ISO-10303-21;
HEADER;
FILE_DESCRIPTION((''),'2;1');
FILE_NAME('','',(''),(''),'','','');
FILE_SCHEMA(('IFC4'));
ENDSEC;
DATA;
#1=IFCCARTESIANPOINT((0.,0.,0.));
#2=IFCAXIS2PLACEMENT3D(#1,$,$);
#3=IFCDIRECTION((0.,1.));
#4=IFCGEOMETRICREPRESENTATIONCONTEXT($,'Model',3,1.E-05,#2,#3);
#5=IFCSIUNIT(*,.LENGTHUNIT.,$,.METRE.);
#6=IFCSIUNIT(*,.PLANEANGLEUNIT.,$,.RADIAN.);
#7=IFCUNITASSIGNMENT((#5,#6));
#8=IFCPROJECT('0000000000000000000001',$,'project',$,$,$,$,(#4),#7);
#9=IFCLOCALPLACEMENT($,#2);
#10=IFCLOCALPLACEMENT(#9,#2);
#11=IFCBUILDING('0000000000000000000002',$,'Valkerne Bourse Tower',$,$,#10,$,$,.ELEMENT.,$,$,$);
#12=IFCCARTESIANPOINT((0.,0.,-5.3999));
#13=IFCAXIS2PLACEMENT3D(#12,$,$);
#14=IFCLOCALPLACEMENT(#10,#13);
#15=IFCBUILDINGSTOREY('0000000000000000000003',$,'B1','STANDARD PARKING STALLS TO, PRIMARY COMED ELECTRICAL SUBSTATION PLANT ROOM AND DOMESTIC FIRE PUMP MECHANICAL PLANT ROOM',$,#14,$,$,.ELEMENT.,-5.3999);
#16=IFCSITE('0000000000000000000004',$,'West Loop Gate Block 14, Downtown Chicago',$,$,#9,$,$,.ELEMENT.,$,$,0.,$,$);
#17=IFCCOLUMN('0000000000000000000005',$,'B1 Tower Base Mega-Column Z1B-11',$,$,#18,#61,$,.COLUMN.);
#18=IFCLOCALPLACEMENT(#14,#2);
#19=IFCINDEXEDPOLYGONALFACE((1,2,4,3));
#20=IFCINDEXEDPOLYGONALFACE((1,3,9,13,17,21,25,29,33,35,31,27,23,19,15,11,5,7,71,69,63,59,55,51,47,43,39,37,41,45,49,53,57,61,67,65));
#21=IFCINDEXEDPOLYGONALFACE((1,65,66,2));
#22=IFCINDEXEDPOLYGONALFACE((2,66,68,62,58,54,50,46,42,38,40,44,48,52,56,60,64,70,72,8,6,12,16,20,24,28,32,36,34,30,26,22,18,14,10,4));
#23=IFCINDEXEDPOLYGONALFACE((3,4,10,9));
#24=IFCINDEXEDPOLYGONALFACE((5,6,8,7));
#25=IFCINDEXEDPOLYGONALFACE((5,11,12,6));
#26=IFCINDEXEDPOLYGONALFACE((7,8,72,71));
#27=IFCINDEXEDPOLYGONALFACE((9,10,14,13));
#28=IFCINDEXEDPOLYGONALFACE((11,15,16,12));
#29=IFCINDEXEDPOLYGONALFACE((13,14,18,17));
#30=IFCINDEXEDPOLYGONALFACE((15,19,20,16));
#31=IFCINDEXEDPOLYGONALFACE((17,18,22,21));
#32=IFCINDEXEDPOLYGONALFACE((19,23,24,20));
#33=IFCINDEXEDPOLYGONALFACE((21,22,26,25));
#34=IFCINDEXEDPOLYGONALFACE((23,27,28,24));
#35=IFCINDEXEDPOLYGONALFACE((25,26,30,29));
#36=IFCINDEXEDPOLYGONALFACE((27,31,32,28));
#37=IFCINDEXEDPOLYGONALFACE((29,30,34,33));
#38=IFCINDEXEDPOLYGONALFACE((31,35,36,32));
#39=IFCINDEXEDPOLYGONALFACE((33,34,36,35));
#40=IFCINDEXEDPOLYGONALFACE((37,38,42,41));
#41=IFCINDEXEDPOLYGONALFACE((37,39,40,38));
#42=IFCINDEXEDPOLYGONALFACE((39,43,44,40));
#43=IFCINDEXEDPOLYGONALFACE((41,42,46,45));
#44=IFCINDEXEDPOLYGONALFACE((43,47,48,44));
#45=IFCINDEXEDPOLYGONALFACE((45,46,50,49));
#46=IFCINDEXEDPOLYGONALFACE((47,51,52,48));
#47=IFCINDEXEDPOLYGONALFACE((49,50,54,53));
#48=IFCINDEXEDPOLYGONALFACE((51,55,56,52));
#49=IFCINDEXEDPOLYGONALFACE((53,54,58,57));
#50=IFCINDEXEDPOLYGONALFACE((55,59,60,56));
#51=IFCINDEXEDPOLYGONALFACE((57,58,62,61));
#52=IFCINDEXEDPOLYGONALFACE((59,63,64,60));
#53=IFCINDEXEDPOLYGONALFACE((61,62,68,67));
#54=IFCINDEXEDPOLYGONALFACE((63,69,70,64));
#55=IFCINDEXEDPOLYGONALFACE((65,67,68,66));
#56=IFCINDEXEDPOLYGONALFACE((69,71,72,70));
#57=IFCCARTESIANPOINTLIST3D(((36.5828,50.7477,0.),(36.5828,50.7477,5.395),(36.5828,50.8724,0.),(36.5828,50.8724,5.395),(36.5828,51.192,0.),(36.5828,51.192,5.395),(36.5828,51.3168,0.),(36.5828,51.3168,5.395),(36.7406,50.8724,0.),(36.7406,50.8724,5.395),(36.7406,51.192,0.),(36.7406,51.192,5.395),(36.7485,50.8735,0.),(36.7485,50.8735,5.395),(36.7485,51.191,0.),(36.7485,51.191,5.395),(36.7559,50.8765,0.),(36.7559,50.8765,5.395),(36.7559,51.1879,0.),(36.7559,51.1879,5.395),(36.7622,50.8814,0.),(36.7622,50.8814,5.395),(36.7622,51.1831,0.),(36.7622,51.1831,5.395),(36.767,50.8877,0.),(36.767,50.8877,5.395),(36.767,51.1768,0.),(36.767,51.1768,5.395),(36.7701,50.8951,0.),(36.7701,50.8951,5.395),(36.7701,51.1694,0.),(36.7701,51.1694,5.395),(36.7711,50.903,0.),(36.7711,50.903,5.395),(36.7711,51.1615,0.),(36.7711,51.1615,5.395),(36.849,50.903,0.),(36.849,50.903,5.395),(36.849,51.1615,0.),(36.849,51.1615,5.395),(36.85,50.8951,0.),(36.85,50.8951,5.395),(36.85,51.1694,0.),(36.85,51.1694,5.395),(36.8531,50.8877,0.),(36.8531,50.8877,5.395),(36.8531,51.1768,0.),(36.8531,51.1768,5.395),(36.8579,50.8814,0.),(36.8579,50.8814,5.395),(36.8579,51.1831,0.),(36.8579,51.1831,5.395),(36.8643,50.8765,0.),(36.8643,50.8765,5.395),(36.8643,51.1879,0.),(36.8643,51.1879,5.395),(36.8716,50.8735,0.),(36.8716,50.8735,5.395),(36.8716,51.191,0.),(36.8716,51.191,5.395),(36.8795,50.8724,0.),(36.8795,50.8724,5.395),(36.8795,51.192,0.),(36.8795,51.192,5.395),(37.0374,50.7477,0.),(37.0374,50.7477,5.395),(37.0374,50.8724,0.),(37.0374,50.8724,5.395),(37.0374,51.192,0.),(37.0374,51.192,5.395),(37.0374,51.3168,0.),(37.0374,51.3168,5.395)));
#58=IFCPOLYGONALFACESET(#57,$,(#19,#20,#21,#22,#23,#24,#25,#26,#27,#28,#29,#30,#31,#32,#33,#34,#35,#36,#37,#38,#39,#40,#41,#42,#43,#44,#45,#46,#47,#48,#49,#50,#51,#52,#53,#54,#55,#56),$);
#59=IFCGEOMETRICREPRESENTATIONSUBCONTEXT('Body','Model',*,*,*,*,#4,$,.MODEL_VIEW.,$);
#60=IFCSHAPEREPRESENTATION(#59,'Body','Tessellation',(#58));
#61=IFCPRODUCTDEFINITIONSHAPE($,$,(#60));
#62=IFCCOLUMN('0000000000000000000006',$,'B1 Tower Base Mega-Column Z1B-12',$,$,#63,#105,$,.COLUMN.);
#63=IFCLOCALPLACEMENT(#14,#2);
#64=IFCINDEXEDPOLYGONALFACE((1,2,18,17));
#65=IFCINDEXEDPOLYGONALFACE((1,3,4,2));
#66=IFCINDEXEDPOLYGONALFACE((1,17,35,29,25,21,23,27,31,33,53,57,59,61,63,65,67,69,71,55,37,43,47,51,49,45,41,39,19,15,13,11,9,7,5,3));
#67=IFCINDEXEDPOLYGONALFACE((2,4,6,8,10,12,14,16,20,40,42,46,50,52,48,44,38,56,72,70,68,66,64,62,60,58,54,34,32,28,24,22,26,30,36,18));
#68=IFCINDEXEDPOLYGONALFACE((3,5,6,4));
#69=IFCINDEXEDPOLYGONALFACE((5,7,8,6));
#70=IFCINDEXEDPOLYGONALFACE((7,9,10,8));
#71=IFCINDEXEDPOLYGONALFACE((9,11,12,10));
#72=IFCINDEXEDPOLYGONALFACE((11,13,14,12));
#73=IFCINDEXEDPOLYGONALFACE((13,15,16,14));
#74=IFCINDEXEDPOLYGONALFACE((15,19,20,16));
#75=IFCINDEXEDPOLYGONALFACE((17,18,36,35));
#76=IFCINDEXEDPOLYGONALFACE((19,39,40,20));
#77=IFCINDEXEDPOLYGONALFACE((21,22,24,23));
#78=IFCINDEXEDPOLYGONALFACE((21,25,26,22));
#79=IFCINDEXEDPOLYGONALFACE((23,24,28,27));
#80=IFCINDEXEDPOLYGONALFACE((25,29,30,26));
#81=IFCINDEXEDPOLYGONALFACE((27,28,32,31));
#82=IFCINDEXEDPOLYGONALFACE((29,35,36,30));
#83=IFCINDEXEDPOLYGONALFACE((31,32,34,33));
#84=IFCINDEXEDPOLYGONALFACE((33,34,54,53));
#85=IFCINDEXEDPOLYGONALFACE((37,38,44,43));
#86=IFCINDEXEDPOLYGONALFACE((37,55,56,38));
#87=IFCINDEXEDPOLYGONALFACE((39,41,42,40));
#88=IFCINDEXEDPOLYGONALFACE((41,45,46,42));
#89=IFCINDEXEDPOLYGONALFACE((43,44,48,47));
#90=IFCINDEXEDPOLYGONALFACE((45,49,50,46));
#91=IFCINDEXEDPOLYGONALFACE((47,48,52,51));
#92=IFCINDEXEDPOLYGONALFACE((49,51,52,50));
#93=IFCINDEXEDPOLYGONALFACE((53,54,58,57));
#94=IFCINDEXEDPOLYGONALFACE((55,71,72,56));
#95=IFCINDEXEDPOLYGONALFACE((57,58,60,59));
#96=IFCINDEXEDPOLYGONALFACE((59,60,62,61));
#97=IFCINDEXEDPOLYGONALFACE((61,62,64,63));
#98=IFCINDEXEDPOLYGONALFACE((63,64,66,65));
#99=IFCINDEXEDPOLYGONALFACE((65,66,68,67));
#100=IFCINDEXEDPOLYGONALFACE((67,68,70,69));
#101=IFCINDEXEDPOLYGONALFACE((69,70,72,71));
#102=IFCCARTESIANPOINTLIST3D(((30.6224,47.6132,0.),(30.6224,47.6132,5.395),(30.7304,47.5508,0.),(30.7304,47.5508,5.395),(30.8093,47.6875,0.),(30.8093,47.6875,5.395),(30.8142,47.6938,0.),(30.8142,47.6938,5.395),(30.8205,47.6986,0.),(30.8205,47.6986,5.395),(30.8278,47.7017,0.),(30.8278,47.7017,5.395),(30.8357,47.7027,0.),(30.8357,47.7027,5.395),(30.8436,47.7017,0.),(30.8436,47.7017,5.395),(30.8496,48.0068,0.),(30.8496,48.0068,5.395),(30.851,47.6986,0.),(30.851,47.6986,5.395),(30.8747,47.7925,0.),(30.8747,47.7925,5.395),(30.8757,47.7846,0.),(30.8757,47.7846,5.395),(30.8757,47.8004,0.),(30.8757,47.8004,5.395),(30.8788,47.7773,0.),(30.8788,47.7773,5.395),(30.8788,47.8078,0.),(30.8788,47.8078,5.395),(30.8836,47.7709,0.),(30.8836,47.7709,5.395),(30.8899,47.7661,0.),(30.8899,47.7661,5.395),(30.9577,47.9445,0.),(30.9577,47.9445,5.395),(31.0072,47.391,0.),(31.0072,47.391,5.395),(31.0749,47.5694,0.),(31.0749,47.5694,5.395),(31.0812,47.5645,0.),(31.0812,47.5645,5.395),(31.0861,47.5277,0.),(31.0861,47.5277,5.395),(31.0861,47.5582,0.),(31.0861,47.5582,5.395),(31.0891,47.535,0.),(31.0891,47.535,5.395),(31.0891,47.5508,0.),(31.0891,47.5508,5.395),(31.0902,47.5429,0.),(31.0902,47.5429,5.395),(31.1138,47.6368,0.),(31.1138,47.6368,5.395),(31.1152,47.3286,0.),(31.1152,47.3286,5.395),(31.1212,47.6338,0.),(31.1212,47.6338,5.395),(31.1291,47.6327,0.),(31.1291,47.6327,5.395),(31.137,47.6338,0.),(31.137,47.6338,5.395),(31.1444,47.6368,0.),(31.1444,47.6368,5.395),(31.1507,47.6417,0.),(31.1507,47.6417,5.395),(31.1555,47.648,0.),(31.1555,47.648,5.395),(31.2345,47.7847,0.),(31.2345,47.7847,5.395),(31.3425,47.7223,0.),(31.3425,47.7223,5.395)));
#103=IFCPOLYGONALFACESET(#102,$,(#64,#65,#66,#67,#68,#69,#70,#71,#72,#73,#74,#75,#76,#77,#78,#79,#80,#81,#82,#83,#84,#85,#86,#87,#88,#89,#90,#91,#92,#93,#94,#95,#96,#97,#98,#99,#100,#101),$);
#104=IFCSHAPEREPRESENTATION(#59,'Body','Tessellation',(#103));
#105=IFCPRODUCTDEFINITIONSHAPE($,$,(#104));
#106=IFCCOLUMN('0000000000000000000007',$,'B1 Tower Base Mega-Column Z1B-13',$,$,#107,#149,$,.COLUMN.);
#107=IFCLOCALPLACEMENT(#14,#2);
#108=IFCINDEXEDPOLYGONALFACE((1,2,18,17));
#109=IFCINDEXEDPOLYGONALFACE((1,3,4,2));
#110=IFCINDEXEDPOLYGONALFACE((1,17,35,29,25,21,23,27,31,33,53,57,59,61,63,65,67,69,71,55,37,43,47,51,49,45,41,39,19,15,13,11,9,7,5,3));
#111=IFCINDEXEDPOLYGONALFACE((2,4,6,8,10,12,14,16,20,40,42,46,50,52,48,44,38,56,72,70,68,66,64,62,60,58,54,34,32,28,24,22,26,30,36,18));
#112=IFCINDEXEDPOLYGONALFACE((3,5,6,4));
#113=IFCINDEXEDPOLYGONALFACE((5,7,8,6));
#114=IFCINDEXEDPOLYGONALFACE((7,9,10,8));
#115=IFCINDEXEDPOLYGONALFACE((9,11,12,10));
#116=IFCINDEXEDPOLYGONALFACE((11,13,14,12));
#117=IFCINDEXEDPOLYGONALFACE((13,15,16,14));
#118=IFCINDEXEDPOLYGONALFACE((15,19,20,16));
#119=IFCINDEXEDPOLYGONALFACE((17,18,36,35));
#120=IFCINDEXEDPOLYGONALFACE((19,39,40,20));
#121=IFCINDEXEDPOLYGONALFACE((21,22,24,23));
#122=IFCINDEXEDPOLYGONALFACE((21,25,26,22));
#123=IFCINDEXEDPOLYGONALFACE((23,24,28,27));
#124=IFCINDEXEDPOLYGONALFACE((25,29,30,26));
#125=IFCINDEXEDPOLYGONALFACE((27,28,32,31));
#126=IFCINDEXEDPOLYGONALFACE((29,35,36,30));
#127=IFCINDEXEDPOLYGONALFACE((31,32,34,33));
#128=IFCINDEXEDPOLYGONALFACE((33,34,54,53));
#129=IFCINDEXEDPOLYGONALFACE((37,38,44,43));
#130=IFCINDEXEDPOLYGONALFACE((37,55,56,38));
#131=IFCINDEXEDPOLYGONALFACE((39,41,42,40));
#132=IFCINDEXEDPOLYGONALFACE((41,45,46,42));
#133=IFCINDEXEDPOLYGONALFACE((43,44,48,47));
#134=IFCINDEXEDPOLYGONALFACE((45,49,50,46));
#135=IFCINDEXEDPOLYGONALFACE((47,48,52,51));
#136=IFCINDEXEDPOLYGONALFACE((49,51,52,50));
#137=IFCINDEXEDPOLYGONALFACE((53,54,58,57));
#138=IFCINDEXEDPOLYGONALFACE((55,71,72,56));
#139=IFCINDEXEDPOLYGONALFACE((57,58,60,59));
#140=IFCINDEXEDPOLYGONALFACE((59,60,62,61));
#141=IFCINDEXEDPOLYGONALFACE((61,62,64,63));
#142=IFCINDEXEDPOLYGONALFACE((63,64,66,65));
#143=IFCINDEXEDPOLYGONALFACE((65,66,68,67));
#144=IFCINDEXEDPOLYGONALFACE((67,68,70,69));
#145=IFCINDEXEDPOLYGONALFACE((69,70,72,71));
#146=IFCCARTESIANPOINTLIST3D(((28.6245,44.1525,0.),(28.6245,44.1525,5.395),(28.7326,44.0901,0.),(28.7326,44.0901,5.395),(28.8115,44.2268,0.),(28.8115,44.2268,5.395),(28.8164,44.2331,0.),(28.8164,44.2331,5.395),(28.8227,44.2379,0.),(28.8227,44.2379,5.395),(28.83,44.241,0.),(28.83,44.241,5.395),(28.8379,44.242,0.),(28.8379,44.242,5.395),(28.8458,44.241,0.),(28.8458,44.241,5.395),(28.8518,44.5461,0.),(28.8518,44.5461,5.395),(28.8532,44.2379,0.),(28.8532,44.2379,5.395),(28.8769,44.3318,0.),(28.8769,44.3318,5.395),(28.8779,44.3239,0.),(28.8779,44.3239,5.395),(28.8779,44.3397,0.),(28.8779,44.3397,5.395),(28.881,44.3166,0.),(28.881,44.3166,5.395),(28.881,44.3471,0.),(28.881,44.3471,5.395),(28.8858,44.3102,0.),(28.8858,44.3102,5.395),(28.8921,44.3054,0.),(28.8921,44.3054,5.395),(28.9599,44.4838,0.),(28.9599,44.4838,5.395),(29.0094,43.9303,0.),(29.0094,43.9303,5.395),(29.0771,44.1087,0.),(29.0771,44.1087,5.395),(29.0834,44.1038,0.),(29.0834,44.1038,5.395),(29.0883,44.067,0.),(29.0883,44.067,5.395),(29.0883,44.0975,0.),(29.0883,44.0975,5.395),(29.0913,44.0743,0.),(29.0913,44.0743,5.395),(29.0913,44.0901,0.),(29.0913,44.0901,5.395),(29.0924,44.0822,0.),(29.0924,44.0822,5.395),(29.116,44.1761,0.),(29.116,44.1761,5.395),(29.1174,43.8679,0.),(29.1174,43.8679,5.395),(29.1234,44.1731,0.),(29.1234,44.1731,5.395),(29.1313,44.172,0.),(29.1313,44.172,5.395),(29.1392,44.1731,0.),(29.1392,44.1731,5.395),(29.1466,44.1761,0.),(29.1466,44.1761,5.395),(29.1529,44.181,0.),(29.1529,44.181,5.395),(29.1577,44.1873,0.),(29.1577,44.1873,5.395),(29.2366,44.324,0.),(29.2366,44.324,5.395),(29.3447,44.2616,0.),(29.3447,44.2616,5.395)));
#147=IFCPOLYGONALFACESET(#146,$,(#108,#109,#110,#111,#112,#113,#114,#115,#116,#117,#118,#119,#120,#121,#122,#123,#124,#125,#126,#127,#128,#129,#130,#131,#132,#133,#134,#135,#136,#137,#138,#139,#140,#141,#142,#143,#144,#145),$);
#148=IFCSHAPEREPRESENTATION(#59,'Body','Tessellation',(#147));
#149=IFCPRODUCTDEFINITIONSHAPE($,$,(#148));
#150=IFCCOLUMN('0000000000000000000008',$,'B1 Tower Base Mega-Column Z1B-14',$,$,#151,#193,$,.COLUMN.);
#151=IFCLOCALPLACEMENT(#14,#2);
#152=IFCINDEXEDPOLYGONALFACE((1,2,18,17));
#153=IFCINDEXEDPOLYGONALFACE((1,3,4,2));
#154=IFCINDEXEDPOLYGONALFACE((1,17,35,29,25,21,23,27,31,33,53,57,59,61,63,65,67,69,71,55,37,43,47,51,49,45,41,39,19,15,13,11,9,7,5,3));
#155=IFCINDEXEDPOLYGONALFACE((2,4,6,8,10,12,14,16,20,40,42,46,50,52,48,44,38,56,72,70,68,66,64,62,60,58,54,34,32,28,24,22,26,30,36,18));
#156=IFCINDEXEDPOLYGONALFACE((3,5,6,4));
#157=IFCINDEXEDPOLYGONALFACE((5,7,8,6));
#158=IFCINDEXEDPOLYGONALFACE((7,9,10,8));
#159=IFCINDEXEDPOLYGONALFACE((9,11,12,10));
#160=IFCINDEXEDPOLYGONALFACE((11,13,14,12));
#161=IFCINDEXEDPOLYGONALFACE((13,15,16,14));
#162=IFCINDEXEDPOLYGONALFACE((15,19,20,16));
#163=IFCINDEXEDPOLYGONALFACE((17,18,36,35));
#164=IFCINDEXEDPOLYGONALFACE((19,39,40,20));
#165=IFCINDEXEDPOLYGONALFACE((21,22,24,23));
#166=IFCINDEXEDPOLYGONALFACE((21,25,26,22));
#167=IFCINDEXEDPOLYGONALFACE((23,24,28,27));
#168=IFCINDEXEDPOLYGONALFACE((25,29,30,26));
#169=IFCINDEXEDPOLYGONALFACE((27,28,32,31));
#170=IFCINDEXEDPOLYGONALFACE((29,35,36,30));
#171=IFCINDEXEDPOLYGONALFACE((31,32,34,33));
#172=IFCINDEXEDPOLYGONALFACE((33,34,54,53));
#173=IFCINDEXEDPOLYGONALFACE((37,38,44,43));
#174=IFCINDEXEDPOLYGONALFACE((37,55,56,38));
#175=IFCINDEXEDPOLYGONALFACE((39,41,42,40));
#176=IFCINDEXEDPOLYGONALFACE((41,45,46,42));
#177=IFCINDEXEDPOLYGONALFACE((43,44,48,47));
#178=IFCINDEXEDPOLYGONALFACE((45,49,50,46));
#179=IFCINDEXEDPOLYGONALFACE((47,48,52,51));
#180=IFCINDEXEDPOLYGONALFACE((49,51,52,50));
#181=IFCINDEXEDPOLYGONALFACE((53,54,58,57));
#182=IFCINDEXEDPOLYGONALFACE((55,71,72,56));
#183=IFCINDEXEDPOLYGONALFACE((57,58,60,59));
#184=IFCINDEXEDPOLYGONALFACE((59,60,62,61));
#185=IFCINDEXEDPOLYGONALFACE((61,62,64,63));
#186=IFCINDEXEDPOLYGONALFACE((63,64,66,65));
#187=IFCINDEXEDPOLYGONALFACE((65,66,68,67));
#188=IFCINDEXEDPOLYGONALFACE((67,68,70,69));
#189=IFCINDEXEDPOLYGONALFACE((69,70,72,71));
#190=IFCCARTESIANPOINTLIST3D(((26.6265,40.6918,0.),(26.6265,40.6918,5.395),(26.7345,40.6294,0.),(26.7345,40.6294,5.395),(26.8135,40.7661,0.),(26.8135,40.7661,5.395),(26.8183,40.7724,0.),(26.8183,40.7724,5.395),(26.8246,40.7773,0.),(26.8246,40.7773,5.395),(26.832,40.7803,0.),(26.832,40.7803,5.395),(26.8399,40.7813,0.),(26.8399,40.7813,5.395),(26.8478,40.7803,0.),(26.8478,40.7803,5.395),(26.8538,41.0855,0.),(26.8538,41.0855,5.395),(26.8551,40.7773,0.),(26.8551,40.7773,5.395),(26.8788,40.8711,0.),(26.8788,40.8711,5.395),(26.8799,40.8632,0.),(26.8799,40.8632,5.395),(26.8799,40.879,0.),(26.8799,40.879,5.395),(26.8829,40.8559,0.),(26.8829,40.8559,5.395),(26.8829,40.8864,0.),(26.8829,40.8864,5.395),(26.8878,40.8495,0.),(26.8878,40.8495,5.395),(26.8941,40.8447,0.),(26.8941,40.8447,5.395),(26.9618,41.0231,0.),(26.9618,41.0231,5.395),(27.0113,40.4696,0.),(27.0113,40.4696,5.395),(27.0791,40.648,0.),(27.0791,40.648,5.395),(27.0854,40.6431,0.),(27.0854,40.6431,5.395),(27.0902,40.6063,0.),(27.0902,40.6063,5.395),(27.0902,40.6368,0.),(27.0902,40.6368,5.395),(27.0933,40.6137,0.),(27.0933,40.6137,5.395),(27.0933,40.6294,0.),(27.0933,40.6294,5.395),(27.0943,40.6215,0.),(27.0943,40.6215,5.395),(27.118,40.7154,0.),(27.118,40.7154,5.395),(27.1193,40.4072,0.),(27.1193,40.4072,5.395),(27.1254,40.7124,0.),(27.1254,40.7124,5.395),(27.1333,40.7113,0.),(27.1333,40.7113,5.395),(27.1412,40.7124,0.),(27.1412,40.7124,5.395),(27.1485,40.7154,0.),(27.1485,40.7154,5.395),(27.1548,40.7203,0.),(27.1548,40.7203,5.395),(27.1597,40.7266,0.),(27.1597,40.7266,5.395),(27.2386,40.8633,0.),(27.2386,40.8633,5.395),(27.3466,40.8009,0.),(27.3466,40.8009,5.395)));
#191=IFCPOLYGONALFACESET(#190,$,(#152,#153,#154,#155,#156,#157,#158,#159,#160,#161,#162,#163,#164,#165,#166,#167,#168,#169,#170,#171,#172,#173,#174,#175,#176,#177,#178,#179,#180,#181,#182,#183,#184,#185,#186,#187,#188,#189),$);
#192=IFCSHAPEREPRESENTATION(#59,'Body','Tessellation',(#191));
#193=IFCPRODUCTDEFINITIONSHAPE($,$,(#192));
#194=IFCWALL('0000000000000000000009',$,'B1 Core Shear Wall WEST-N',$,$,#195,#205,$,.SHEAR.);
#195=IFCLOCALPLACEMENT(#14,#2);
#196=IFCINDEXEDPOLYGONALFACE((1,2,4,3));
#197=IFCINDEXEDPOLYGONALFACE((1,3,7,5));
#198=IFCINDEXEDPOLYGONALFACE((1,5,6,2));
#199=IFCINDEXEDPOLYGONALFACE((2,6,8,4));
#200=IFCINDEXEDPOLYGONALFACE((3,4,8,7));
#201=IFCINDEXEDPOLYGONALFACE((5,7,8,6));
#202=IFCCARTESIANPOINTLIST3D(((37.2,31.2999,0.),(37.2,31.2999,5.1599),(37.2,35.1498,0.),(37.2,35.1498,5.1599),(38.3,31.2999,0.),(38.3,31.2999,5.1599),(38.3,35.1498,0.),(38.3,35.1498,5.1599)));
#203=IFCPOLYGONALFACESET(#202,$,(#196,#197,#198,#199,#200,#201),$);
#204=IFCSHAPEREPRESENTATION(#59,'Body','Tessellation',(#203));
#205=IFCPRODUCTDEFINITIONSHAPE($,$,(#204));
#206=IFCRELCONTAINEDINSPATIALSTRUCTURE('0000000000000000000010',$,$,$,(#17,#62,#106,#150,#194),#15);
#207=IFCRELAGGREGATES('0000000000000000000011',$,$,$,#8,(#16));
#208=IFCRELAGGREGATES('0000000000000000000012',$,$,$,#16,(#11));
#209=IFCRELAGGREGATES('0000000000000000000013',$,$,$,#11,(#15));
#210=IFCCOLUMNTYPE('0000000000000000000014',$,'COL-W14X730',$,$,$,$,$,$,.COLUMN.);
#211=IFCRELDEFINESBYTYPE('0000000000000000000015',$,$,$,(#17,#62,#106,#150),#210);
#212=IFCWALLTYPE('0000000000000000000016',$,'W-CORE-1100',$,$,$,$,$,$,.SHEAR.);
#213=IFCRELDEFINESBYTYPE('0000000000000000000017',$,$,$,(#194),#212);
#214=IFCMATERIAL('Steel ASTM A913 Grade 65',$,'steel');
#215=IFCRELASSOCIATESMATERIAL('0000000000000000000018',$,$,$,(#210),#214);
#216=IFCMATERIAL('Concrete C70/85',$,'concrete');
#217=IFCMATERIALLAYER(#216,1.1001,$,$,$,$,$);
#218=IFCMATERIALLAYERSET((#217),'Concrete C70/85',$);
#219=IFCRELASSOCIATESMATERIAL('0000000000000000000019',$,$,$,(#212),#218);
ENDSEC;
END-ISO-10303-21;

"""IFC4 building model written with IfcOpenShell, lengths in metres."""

from ifc_helpers import new_model, si_unit, direction, frame, frame_2d, origin, origin_2d, place, context, subcontext, project, spatial, rectangle, i_section, extrude, material, layer, layer_set, material_profile, profile_set, type_object, element, save


model = new_model("IFC4")

# Units and contexts
model_context = context("Model", 3, precision=1e-05, world=origin(), true_north=direction((0.0, 1.0)))
body_context = subcontext(model_context, "Body", "Model", "MODEL_VIEW")
ifc_project = project(units=[si_unit("LENGTHUNIT", "METRE"), si_unit("PLANEANGLEUNIT", "RADIAN")], contexts=[model_context])

# Site, building, storey
site_placement = place(None, origin())
site = spatial("IfcSite", under=ifc_project, at=site_placement, Name="West Loop Gate Block 14, Downtown Chicago", CompositionType="ELEMENT", RefElevation=0.0)
building_placement = place(site_placement, origin())
building = spatial("IfcBuilding", under=site, at=building_placement, Name="Valkerne Bourse Tower", CompositionType="ELEMENT")
storey_placement = place(building_placement, frame((0.0, 0.0, -5.3999)))
storey = spatial("IfcBuildingStorey", under=building, at=storey_placement, Name="B1", Description="STANDARD PARKING STALLS TO, PRIMARY COMED ELECTRICAL SUBSTATION PLANT ROOM AND DOMESTIC FIRE PUMP MECHANICAL PLANT ROOM", CompositionType="ELEMENT", Elevation=-5.3999)

# Columns
ifc_material_1 = material(Name="Concrete C70/85", Category="concrete")
ifc_material_2 = material(Name="Steel ASTM A913 Grade 65", Category="steel")
ifc_material_profile_1 = material_profile(ifc_material_2, i_section(OverallWidth=0.4546, OverallDepth=0.5691, WebThickness=0.0779, FlangeThickness=0.1248, FilletRadius=0.0305, at=origin_2d()), Name="W14X730")
ifc_profile_set_1 = profile_set([ifc_material_profile_1], Name="Steel ASTM A913 Grade 65")
column_type_1 = type_object("IfcColumnType", Name="COL-W14X730", PredefinedType="COLUMN", material=ifc_profile_set_1)
for number, where, z_axis, x_axis, name in (
    (1, (36.8101, 51.0322, 0.0), (0.0, 0.0, 1.0), (-1.0, 0.0, 0.0), "B1 Tower Base Mega-Column Z1B-11"),
    (2, (30.9824, 47.6677, 0.0), (0.0, 0.0, 1.0), (-0.5, -0.866025, 0.0), "B1 Tower Base Mega-Column Z1B-12"),
    (3, (28.9846, 44.207, 0.0), (0.0, 0.0, 1.0), (-0.5, -0.866025, 0.0), "B1 Tower Base Mega-Column Z1B-13"),
    (4, (26.9866, 40.7463, 0.0), (0.0, 0.0, 1.0), (-0.5, -0.866025, 0.0), "B1 Tower Base Mega-Column Z1B-14"),
):
    element("IfcColumn", number, at=place(storey_placement, frame(where, z_axis=z_axis, x_axis=x_axis)), inside=storey, type_object=column_type_1, Name=name, PredefinedType="COLUMN", context=body_context, shape_type="SweptSolid", body=[
        extrude(i_section(OverallWidth=0.4546, OverallDepth=0.5691, WebThickness=0.0779, FlangeThickness=0.1248, FilletRadius=0.0305, at=origin_2d()), origin(), (0.0, 0.0, 1.0), 5.395),
    ])

# Shared definitions
ifc_layer_1 = layer(ifc_material_1, 1.1001)
ifc_layer_set_1 = layer_set([ifc_layer_1], Name="Concrete C70/85")
wall_type_1 = type_object("IfcWallType", Name="W-CORE-1100", PredefinedType="SHEAR", material=ifc_layer_set_1)

# Wall
wall_1_placement = place(storey_placement, frame((37.75, 31.3, 0.0), z_axis=(0.0, 0.0, 1.0), x_axis=(0.0, 1.0, 0.0)))
element("IfcWall", 5, at=wall_1_placement, inside=storey, type_object=wall_type_1, Name="B1 Core Shear Wall WEST-N", PredefinedType="SHEAR", context=body_context, shape_type="SweptSolid", body=[
    extrude(rectangle(XDim=3.8499, YDim=1.1001, at=frame_2d((1.9248, 0.0))), origin(), (0.0, 0.0, 1.0), 5.1599),
])

save(model, "model.ifc")
